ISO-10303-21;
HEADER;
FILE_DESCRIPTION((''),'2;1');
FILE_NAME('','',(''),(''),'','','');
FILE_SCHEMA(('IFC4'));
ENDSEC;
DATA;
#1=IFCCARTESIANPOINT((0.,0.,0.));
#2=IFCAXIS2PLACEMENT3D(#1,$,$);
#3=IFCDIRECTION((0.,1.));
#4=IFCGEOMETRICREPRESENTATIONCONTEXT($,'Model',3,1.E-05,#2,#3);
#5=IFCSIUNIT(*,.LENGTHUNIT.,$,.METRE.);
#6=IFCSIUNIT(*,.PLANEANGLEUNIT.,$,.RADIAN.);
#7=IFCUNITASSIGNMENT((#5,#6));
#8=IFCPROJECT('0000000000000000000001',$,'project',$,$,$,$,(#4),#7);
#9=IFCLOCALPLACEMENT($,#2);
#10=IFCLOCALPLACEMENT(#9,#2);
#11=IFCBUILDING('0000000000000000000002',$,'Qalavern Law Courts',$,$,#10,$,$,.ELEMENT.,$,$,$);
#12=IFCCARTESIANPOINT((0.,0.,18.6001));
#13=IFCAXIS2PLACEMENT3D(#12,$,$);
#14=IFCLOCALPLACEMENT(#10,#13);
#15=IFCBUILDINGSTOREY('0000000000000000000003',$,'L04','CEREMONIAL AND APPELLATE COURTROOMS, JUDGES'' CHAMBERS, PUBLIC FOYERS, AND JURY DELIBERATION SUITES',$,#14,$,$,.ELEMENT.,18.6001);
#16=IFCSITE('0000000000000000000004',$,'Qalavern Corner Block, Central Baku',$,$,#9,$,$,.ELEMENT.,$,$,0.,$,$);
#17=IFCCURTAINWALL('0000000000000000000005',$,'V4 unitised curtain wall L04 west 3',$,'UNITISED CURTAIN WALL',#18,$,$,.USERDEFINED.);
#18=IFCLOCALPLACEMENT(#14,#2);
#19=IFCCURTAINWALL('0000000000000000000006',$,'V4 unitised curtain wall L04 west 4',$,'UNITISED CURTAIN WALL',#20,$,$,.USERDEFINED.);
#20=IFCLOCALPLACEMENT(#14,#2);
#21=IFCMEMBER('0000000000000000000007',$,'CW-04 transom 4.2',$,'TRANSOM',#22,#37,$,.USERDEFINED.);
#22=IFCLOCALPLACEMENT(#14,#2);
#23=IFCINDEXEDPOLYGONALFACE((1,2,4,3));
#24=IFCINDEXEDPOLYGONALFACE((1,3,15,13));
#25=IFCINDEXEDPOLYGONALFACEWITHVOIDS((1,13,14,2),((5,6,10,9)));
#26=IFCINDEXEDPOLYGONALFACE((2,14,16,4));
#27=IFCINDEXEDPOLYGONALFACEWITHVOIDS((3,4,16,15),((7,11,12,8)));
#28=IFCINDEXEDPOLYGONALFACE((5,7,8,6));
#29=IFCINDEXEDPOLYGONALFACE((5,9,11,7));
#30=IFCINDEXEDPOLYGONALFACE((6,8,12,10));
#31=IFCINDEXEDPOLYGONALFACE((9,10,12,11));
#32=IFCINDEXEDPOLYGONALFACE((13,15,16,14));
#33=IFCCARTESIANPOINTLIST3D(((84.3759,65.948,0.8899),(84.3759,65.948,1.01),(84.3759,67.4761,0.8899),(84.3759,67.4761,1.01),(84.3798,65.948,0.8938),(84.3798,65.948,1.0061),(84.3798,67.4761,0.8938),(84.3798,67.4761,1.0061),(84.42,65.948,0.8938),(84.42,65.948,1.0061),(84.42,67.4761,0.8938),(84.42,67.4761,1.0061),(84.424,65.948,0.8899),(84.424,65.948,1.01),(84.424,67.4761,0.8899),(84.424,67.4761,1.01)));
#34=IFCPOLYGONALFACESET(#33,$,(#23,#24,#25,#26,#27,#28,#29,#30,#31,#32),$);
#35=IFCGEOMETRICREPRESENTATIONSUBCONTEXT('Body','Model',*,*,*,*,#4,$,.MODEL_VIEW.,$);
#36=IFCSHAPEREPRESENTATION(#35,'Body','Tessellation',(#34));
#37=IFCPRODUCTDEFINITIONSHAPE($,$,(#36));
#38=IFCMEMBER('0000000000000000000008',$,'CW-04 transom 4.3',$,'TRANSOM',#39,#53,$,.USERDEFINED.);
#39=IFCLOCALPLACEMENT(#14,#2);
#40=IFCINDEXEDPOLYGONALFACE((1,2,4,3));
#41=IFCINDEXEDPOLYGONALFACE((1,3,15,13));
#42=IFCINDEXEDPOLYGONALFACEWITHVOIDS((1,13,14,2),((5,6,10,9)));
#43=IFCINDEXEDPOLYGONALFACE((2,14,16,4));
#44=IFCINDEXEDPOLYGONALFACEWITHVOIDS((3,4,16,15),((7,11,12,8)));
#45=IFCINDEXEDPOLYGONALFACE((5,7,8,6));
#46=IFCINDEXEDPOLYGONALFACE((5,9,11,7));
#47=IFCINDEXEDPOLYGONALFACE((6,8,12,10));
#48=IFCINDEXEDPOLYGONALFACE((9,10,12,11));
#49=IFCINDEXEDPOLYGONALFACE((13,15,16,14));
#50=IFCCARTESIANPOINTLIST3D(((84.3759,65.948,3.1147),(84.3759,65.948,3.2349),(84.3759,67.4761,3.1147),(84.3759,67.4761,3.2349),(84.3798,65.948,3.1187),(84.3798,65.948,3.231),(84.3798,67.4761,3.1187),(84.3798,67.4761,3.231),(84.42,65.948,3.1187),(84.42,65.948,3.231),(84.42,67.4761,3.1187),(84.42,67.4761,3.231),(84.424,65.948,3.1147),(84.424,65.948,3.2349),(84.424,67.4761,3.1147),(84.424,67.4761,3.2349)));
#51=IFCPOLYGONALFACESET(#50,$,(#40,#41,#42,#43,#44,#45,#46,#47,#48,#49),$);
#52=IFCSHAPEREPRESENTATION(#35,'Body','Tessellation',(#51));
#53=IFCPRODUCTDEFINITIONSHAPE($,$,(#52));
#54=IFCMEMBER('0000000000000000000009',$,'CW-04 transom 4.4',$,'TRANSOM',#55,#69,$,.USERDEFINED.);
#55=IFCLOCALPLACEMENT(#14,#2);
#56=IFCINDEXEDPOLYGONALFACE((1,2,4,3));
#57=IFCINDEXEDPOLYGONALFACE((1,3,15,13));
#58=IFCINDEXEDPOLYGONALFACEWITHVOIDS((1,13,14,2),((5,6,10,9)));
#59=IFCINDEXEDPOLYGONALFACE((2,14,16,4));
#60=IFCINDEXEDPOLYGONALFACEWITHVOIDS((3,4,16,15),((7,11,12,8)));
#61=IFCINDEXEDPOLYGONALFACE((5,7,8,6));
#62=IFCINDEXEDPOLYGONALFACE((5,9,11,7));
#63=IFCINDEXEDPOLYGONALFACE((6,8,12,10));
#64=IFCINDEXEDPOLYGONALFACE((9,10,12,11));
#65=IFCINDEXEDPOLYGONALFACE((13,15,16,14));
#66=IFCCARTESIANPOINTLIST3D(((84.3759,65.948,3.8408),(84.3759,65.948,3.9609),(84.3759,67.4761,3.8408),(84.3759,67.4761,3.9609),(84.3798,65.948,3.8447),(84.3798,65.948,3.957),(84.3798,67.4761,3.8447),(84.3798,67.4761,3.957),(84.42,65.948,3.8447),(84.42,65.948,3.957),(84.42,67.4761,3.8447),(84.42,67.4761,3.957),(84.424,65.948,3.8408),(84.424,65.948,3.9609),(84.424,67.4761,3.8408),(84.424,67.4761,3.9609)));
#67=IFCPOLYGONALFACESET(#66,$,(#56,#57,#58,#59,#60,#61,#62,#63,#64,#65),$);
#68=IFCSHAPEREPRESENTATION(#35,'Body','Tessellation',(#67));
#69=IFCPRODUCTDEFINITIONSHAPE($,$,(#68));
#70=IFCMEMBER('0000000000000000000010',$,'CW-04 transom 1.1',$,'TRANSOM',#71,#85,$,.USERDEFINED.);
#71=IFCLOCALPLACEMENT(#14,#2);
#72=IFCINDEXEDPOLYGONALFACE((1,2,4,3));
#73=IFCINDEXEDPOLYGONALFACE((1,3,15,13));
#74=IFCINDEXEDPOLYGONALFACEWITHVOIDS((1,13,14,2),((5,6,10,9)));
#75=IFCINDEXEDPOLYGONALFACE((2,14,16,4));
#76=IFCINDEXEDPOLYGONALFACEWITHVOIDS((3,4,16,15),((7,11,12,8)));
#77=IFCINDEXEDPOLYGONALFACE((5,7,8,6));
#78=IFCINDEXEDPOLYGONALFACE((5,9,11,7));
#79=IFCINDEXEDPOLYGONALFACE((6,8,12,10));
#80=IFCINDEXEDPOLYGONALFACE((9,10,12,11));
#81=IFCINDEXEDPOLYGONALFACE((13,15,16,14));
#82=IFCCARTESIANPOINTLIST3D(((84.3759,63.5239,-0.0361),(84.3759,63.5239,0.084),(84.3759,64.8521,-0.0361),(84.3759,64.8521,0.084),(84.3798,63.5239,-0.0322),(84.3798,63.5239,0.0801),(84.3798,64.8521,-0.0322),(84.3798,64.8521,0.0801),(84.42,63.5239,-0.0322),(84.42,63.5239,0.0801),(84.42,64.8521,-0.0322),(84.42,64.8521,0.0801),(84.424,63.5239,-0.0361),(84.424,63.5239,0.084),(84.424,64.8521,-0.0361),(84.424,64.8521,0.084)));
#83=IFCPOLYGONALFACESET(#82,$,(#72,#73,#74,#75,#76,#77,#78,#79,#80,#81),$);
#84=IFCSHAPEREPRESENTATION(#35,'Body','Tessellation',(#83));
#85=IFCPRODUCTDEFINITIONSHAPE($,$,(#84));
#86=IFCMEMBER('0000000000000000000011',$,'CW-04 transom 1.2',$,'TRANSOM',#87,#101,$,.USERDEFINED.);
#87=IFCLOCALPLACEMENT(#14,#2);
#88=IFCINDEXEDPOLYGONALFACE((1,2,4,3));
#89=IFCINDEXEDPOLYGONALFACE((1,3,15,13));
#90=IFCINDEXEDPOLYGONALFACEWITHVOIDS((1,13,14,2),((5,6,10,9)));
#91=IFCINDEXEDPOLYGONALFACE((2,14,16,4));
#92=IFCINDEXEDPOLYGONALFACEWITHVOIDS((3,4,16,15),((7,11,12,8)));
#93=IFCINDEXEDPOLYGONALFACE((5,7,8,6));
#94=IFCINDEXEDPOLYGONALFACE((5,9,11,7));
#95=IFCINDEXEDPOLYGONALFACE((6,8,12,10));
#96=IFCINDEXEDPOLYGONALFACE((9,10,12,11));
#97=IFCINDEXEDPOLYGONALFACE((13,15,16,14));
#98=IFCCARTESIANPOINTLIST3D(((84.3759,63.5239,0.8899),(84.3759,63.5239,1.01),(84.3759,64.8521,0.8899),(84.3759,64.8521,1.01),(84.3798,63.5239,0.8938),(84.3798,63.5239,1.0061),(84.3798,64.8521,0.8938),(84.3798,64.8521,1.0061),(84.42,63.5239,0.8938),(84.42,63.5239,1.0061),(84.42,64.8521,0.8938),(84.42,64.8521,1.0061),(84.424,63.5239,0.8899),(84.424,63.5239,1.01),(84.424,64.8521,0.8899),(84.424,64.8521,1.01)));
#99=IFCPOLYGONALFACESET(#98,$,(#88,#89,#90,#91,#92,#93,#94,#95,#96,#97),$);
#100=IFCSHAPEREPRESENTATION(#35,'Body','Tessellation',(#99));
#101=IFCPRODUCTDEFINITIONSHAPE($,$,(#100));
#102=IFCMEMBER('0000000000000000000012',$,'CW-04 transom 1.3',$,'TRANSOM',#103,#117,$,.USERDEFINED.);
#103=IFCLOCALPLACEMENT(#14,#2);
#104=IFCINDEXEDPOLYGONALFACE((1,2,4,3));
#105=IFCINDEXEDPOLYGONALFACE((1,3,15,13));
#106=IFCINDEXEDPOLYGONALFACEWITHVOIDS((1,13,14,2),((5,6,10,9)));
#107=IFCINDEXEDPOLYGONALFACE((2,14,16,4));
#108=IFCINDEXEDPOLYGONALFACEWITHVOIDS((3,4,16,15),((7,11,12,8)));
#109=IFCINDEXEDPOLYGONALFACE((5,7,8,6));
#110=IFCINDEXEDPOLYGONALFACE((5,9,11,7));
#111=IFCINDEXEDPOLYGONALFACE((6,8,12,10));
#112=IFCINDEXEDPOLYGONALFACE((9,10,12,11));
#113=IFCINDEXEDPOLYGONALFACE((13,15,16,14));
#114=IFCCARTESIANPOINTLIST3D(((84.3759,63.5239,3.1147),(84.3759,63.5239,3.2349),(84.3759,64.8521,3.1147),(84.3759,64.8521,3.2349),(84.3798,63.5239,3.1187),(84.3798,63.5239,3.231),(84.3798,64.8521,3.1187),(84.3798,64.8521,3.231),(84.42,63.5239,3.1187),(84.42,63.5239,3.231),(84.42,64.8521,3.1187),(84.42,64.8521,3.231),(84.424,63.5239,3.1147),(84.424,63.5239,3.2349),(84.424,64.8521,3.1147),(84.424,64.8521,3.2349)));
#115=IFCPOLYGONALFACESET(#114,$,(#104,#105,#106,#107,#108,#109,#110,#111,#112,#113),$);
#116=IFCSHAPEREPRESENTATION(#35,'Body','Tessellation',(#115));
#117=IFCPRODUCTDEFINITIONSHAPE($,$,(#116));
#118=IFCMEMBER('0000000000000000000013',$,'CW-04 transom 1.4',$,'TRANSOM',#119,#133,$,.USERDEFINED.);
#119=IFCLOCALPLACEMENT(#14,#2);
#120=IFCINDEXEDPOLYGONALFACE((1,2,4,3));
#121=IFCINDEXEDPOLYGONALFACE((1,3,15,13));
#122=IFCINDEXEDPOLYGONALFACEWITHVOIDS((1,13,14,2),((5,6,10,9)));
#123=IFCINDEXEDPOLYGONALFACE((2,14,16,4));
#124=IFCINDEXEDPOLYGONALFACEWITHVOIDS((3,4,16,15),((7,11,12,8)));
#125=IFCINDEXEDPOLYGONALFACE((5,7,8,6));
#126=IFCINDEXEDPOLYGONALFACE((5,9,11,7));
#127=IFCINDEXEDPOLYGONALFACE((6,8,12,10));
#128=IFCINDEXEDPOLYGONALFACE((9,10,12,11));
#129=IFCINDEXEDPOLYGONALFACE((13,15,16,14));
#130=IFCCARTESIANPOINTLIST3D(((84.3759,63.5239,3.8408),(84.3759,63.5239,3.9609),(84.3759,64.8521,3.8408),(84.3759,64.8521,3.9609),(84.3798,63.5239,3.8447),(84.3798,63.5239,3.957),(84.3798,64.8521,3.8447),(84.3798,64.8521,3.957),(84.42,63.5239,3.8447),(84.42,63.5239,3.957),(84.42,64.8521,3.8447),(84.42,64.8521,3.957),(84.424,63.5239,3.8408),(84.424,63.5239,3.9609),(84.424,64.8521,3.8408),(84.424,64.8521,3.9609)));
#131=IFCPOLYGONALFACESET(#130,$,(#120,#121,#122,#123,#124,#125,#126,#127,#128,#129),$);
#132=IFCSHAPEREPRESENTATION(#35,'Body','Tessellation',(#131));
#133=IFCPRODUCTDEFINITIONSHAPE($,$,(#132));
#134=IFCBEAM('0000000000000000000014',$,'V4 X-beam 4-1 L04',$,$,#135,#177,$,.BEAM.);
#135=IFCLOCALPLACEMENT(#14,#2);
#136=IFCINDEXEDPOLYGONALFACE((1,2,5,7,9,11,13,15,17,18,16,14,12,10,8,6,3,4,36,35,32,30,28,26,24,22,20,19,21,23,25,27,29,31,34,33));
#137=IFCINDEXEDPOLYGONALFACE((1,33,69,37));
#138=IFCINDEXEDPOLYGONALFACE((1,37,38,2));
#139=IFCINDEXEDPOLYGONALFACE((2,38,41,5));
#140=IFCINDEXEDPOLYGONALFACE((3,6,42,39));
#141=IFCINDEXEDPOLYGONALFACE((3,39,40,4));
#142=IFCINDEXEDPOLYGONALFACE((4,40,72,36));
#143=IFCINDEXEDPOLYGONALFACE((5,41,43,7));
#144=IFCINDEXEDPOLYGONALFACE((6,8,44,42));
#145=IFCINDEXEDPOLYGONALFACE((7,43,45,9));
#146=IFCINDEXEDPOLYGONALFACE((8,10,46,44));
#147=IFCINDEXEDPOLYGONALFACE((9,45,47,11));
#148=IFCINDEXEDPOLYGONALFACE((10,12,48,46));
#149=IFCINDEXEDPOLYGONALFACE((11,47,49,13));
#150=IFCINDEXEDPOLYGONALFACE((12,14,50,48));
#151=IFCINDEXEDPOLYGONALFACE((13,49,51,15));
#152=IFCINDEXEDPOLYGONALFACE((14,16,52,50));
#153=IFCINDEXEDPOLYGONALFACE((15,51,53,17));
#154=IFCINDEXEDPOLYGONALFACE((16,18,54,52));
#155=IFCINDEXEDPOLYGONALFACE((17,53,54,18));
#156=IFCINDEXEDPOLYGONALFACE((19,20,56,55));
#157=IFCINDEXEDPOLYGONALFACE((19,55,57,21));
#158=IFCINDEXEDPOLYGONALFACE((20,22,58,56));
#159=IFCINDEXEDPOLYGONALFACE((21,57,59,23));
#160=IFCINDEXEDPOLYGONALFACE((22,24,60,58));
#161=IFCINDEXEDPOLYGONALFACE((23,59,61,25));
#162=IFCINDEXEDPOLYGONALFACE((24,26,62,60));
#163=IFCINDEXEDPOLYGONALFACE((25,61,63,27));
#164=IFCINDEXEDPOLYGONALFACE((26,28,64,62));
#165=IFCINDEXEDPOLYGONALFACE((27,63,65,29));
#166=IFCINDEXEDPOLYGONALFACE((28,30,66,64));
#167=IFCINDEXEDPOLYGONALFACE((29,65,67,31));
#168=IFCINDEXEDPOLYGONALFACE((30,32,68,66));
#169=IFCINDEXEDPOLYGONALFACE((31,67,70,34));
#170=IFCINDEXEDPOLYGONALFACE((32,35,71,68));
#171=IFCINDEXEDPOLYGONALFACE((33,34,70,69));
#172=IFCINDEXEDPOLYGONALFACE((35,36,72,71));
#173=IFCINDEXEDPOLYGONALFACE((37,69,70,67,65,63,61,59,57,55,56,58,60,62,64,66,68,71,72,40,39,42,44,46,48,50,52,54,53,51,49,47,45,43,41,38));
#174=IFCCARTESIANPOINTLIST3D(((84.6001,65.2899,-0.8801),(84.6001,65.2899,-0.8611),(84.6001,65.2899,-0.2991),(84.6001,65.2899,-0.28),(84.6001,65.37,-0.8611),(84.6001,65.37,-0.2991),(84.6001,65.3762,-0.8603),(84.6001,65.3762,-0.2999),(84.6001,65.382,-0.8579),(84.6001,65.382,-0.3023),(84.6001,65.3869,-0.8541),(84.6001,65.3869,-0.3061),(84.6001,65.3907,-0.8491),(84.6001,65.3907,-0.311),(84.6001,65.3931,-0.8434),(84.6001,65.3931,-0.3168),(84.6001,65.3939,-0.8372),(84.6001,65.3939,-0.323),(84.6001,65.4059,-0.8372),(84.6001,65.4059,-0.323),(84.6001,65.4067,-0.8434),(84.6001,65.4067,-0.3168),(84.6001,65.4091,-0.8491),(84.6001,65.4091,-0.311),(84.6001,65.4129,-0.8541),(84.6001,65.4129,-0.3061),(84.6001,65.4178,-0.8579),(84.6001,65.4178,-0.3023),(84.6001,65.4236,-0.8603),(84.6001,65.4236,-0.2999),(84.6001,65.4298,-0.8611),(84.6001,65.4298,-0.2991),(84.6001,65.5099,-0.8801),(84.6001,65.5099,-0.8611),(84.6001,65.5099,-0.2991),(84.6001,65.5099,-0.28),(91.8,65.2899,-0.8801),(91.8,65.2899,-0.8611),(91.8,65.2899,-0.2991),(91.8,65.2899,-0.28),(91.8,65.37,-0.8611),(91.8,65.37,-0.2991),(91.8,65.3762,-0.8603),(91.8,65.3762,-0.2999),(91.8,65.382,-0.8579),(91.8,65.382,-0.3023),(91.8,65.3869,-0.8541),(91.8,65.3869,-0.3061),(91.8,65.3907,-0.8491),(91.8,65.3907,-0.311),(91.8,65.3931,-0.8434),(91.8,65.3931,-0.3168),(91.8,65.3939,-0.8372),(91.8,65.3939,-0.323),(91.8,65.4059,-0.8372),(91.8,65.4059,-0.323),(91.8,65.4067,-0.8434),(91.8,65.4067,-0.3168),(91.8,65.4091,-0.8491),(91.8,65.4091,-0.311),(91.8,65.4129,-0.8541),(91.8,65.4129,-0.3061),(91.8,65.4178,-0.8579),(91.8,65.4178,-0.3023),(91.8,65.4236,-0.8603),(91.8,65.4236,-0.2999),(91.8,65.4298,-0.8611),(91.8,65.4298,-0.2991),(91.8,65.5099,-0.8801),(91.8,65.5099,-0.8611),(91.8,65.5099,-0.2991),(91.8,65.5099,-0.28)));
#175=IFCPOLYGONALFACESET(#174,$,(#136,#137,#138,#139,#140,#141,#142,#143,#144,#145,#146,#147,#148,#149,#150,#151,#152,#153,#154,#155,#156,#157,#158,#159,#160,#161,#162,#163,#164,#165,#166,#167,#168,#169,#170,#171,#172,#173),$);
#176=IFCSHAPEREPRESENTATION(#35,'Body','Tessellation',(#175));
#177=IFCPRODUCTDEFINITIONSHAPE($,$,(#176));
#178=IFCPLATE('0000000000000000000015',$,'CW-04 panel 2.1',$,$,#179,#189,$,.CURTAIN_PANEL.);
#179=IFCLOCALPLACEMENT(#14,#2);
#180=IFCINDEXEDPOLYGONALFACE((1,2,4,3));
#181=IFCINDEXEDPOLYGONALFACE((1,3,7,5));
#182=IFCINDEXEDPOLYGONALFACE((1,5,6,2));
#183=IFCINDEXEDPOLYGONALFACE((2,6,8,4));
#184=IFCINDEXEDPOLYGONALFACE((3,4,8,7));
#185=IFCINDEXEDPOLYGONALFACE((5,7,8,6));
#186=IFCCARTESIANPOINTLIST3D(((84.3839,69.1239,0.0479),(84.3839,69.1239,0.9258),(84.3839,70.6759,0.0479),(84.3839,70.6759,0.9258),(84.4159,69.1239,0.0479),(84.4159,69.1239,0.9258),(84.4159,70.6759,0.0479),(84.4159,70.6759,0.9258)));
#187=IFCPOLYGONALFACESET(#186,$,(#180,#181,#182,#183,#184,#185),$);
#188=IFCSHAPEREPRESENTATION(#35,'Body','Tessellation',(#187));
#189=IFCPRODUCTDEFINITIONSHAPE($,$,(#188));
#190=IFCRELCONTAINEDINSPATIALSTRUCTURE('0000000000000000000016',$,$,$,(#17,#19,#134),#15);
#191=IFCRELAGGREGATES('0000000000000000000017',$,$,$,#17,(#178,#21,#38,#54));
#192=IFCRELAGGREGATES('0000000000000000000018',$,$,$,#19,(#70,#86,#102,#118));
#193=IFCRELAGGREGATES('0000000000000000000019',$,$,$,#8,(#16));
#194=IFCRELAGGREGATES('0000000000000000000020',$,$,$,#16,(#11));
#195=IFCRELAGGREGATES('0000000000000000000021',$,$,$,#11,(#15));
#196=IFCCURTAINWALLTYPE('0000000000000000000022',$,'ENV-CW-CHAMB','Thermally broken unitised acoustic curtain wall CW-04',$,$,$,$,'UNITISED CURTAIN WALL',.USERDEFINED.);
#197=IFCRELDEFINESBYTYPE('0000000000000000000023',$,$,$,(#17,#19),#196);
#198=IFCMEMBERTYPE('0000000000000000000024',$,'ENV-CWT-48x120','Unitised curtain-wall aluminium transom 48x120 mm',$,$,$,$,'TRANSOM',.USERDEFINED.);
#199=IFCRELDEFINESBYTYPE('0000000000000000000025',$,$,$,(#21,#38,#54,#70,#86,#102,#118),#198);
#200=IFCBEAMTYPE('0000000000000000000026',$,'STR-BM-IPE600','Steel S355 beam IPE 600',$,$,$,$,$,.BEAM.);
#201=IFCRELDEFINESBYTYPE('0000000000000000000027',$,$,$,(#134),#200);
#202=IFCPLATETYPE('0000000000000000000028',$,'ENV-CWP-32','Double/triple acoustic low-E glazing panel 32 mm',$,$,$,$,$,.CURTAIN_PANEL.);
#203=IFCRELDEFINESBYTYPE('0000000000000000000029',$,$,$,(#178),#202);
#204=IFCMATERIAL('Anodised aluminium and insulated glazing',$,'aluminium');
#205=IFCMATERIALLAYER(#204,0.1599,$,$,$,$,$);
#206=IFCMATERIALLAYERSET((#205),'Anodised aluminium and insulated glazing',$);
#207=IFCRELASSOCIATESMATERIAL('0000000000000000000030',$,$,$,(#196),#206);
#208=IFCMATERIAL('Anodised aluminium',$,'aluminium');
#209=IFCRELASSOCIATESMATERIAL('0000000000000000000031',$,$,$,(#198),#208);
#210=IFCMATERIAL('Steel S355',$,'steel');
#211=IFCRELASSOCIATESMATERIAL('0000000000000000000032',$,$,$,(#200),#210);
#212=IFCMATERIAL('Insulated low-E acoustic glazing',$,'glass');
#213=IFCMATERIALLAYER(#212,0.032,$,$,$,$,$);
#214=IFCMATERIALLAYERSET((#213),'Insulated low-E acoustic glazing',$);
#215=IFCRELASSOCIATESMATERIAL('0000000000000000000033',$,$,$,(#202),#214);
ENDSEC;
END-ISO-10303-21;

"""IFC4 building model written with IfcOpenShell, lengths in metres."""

from ifc_helpers import new_model, si_unit, direction, frame, origin, origin_2d, place, context, subcontext, project, spatial, rectangle, hollow_rectangle, i_section, extrude, material, layer, layer_set, material_profile, profile_set, type_object, element, aggregate, save


model = new_model("IFC4")

# Units and contexts
model_context = context("Model", 3, precision=1e-05, world=origin(), true_north=direction((0.0, 1.0)))
body_context = subcontext(model_context, "Body", "Model", "MODEL_VIEW")
ifc_project = project(units=[si_unit("LENGTHUNIT", "METRE"), si_unit("PLANEANGLEUNIT", "RADIAN")], contexts=[model_context])

# Site, building, storey
site_placement = place(None, origin())
site = spatial("IfcSite", under=ifc_project, at=site_placement, Name="Qalavern Corner Block, Central Baku", CompositionType="ELEMENT", RefElevation=0.0)
building_placement = place(site_placement, origin())
building = spatial("IfcBuilding", under=site, at=building_placement, Name="Qalavern Law Courts", CompositionType="ELEMENT")
storey_placement = place(building_placement, frame((0.0, 0.0, 18.6001)))
storey = spatial("IfcBuildingStorey", under=building, at=storey_placement, Name="L04", Description="CEREMONIAL AND APPELLATE COURTROOMS, JUDGES' CHAMBERS, PUBLIC FOYERS, AND JURY DELIBERATION SUITES", CompositionType="ELEMENT", Elevation=18.6001)

# Curtain wall
ifc_material_1 = material(Name="Anodised aluminium and insulated glazing", Category="aluminium")
ifc_layer_1 = layer(ifc_material_1, 0.1599)
ifc_layer_set_1 = layer_set([ifc_layer_1], Name="Anodised aluminium and insulated glazing")
curtain_wall_type = type_object("IfcCurtainWallType", Name="ENV-CW-CHAMB", Description="Thermally broken unitised acoustic curtain wall CW-04", ElementType="UNITISED CURTAIN WALL", PredefinedType="USERDEFINED", material=ifc_layer_set_1)
curtain_wall_1_placement = place(storey_placement, origin())
curtain_wall_1 = element("IfcCurtainWall", 1, at=curtain_wall_1_placement, inside=storey, type_object=curtain_wall_type, Name="V4 unitised curtain wall L04 west 3", ObjectType="UNITISED CURTAIN WALL", PredefinedType="USERDEFINED")
ifc_material_2 = material(Name="Anodised aluminium", Category="aluminium")

# Curtain wall
curtain_wall_2_placement = place(storey_placement, origin())
curtain_wall_2 = element("IfcCurtainWall", 2, at=curtain_wall_2_placement, inside=storey, type_object=curtain_wall_type, Name="V4 unitised curtain wall L04 west 4", ObjectType="UNITISED CURTAIN WALL", PredefinedType="USERDEFINED")

# Members
ifc_material_profile_1 = material_profile(ifc_material_2, hollow_rectangle(XDim=0.0481, YDim=0.1201, WallThickness=0.0039, at=origin_2d()), Name="ALU TRANSOM 48x120")
ifc_profile_set_1 = profile_set([ifc_material_profile_1], Name="Anodised aluminium")
member_type_1 = type_object("IfcMemberType", Name="ENV-CWT-48x120", Description="Unitised curtain-wall aluminium transom 48x120 mm", ElementType="TRANSOM", PredefinedType="USERDEFINED", material=ifc_profile_set_1)
member_1_placement = place(storey_placement, frame((84.3999, 67.4761, 0.95), z_axis=(0.0, -1.0, 0.0), x_axis=(1.0, 0.0, 0.0)))
member_1 = element("IfcMember", 3, at=member_1_placement, type_object=member_type_1, Name="CW-04 transom 4.2", ObjectType="TRANSOM", PredefinedType="USERDEFINED", context=body_context, shape_type="SweptSolid", body=[
    extrude(hollow_rectangle(XDim=0.0481, YDim=0.1201, WallThickness=0.0039, at=origin_2d()), origin(), (0.0, 0.0, 1.0), 1.5281),
])
member_2_placement = place(storey_placement, frame((84.3999, 67.4761, 3.1748), z_axis=(0.0, -1.0, 0.0), x_axis=(1.0, 0.0, 0.0)))
member_2 = element("IfcMember", 4, at=member_2_placement, type_object=member_type_1, Name="CW-04 transom 4.3", ObjectType="TRANSOM", PredefinedType="USERDEFINED", context=body_context, shape_type="SweptSolid", body=[
    extrude(hollow_rectangle(XDim=0.0481, YDim=0.1201, WallThickness=0.0039, at=origin_2d()), origin(), (0.0, 0.0, 1.0), 1.5281),
])
member_3_placement = place(storey_placement, frame((84.3999, 67.4761, 3.9009), z_axis=(0.0, -1.0, 0.0), x_axis=(1.0, 0.0, 0.0)))
member_3 = element("IfcMember", 5, at=member_3_placement, type_object=member_type_1, Name="CW-04 transom 4.4", ObjectType="TRANSOM", PredefinedType="USERDEFINED", context=body_context, shape_type="SweptSolid", body=[
    extrude(hollow_rectangle(XDim=0.0481, YDim=0.1201, WallThickness=0.0039, at=origin_2d()), origin(), (0.0, 0.0, 1.0), 1.5281),
])
member_4_placement = place(storey_placement, frame((84.3999, 64.8521, 0.0239), z_axis=(0.0, -1.0, 0.0), x_axis=(1.0, 0.0, 0.0)))
member_4 = element("IfcMember", 6, at=member_4_placement, type_object=member_type_1, Name="CW-04 transom 1.1", ObjectType="TRANSOM", PredefinedType="USERDEFINED", context=body_context, shape_type="SweptSolid", body=[
    extrude(hollow_rectangle(XDim=0.0481, YDim=0.1201, WallThickness=0.0039, at=origin_2d()), origin(), (0.0, 0.0, 1.0), 1.3281),
])
member_5_placement = place(storey_placement, frame((84.3999, 64.8521, 0.95), z_axis=(0.0, -1.0, 0.0), x_axis=(1.0, 0.0, 0.0)))
member_5 = element("IfcMember", 7, at=member_5_placement, type_object=member_type_1, Name="CW-04 transom 1.2", ObjectType="TRANSOM", PredefinedType="USERDEFINED", context=body_context, shape_type="SweptSolid", body=[
    extrude(hollow_rectangle(XDim=0.0481, YDim=0.1201, WallThickness=0.0039, at=origin_2d()), origin(), (0.0, 0.0, 1.0), 1.3281),
])
member_6_placement = place(storey_placement, frame((84.3999, 64.8521, 3.1748), z_axis=(0.0, -1.0, 0.0), x_axis=(1.0, 0.0, 0.0)))
member_6 = element("IfcMember", 8, at=member_6_placement, type_object=member_type_1, Name="CW-04 transom 1.3", ObjectType="TRANSOM", PredefinedType="USERDEFINED", context=body_context, shape_type="SweptSolid", body=[
    extrude(hollow_rectangle(XDim=0.0481, YDim=0.1201, WallThickness=0.0039, at=origin_2d()), origin(), (0.0, 0.0, 1.0), 1.3281),
])
member_7_placement = place(storey_placement, frame((84.3999, 64.8521, 3.9009), z_axis=(0.0, -1.0, 0.0), x_axis=(1.0, 0.0, 0.0)))
member_7 = element("IfcMember", 9, at=member_7_placement, type_object=member_type_1, Name="CW-04 transom 1.4", ObjectType="TRANSOM", PredefinedType="USERDEFINED", context=body_context, shape_type="SweptSolid", body=[
    extrude(hollow_rectangle(XDim=0.0481, YDim=0.1201, WallThickness=0.0039, at=origin_2d()), origin(), (0.0, 0.0, 1.0), 1.3281),
])

# Beam
ifc_material_3 = material(Name="Steel S355", Category="steel")
ifc_material_profile_2 = material_profile(ifc_material_3, i_section(OverallWidth=0.22, OverallDepth=0.6001, WebThickness=0.012, FlangeThickness=0.019, FilletRadius=0.0239, at=origin_2d()), Name="IPE 600")
ifc_profile_set_2 = profile_set([ifc_material_profile_2], Name="Steel S355")
beam_type = type_object("IfcBeamType", Name="STR-BM-IPE600", Description="Steel S355 beam IPE 600", PredefinedType="BEAM", material=ifc_profile_set_2)
beam_placement = place(storey_placement, frame((84.6001, 65.3999, -0.5801), z_axis=(1.0, 0.0, 0.0), x_axis=(0.0, 1.0, 0.0)))
element("IfcBeam", 10, at=beam_placement, inside=storey, type_object=beam_type, Name="V4 X-beam 4-1 L04", PredefinedType="BEAM", context=body_context, shape_type="SweptSolid", body=[
    extrude(i_section(OverallWidth=0.22, OverallDepth=0.6001, WebThickness=0.012, FlangeThickness=0.019, FilletRadius=0.0239, at=origin_2d()), origin(), (0.0, 0.0, 1.0), 7.2),
])

# Plate
ifc_material_4 = material(Name="Insulated low-E acoustic glazing", Category="glass")
ifc_layer_2 = layer(ifc_material_4, 0.032)
ifc_layer_set_2 = layer_set([ifc_layer_2], Name="Insulated low-E acoustic glazing")
plate_type_1 = type_object("IfcPlateType", Name="ENV-CWP-32", Description="Double/triple acoustic low-E glazing panel 32 mm", PredefinedType="CURTAIN_PANEL", material=ifc_layer_set_2)
plate_1_placement = place(storey_placement, frame((84.3999, 69.8999, 0.0479), z_axis=(0.0, 0.0, 1.0), x_axis=(0.0, -1.0, 0.0)))
plate_1 = element("IfcPlate", 11, at=plate_1_placement, type_object=plate_type_1, Name="CW-04 panel 2.1", PredefinedType="CURTAIN_PANEL", context=body_context, shape_type="SweptSolid", body=[
    extrude(rectangle(XDim=1.552, YDim=0.032, at=origin_2d()), origin(), (0.0, 0.0, 1.0), 0.8779),
])
aggregate(curtain_wall_1, [plate_1, member_1, member_2, member_3])
aggregate(curtain_wall_2, [member_4, member_5, member_6, member_7])

save(model, "model.ifc")
